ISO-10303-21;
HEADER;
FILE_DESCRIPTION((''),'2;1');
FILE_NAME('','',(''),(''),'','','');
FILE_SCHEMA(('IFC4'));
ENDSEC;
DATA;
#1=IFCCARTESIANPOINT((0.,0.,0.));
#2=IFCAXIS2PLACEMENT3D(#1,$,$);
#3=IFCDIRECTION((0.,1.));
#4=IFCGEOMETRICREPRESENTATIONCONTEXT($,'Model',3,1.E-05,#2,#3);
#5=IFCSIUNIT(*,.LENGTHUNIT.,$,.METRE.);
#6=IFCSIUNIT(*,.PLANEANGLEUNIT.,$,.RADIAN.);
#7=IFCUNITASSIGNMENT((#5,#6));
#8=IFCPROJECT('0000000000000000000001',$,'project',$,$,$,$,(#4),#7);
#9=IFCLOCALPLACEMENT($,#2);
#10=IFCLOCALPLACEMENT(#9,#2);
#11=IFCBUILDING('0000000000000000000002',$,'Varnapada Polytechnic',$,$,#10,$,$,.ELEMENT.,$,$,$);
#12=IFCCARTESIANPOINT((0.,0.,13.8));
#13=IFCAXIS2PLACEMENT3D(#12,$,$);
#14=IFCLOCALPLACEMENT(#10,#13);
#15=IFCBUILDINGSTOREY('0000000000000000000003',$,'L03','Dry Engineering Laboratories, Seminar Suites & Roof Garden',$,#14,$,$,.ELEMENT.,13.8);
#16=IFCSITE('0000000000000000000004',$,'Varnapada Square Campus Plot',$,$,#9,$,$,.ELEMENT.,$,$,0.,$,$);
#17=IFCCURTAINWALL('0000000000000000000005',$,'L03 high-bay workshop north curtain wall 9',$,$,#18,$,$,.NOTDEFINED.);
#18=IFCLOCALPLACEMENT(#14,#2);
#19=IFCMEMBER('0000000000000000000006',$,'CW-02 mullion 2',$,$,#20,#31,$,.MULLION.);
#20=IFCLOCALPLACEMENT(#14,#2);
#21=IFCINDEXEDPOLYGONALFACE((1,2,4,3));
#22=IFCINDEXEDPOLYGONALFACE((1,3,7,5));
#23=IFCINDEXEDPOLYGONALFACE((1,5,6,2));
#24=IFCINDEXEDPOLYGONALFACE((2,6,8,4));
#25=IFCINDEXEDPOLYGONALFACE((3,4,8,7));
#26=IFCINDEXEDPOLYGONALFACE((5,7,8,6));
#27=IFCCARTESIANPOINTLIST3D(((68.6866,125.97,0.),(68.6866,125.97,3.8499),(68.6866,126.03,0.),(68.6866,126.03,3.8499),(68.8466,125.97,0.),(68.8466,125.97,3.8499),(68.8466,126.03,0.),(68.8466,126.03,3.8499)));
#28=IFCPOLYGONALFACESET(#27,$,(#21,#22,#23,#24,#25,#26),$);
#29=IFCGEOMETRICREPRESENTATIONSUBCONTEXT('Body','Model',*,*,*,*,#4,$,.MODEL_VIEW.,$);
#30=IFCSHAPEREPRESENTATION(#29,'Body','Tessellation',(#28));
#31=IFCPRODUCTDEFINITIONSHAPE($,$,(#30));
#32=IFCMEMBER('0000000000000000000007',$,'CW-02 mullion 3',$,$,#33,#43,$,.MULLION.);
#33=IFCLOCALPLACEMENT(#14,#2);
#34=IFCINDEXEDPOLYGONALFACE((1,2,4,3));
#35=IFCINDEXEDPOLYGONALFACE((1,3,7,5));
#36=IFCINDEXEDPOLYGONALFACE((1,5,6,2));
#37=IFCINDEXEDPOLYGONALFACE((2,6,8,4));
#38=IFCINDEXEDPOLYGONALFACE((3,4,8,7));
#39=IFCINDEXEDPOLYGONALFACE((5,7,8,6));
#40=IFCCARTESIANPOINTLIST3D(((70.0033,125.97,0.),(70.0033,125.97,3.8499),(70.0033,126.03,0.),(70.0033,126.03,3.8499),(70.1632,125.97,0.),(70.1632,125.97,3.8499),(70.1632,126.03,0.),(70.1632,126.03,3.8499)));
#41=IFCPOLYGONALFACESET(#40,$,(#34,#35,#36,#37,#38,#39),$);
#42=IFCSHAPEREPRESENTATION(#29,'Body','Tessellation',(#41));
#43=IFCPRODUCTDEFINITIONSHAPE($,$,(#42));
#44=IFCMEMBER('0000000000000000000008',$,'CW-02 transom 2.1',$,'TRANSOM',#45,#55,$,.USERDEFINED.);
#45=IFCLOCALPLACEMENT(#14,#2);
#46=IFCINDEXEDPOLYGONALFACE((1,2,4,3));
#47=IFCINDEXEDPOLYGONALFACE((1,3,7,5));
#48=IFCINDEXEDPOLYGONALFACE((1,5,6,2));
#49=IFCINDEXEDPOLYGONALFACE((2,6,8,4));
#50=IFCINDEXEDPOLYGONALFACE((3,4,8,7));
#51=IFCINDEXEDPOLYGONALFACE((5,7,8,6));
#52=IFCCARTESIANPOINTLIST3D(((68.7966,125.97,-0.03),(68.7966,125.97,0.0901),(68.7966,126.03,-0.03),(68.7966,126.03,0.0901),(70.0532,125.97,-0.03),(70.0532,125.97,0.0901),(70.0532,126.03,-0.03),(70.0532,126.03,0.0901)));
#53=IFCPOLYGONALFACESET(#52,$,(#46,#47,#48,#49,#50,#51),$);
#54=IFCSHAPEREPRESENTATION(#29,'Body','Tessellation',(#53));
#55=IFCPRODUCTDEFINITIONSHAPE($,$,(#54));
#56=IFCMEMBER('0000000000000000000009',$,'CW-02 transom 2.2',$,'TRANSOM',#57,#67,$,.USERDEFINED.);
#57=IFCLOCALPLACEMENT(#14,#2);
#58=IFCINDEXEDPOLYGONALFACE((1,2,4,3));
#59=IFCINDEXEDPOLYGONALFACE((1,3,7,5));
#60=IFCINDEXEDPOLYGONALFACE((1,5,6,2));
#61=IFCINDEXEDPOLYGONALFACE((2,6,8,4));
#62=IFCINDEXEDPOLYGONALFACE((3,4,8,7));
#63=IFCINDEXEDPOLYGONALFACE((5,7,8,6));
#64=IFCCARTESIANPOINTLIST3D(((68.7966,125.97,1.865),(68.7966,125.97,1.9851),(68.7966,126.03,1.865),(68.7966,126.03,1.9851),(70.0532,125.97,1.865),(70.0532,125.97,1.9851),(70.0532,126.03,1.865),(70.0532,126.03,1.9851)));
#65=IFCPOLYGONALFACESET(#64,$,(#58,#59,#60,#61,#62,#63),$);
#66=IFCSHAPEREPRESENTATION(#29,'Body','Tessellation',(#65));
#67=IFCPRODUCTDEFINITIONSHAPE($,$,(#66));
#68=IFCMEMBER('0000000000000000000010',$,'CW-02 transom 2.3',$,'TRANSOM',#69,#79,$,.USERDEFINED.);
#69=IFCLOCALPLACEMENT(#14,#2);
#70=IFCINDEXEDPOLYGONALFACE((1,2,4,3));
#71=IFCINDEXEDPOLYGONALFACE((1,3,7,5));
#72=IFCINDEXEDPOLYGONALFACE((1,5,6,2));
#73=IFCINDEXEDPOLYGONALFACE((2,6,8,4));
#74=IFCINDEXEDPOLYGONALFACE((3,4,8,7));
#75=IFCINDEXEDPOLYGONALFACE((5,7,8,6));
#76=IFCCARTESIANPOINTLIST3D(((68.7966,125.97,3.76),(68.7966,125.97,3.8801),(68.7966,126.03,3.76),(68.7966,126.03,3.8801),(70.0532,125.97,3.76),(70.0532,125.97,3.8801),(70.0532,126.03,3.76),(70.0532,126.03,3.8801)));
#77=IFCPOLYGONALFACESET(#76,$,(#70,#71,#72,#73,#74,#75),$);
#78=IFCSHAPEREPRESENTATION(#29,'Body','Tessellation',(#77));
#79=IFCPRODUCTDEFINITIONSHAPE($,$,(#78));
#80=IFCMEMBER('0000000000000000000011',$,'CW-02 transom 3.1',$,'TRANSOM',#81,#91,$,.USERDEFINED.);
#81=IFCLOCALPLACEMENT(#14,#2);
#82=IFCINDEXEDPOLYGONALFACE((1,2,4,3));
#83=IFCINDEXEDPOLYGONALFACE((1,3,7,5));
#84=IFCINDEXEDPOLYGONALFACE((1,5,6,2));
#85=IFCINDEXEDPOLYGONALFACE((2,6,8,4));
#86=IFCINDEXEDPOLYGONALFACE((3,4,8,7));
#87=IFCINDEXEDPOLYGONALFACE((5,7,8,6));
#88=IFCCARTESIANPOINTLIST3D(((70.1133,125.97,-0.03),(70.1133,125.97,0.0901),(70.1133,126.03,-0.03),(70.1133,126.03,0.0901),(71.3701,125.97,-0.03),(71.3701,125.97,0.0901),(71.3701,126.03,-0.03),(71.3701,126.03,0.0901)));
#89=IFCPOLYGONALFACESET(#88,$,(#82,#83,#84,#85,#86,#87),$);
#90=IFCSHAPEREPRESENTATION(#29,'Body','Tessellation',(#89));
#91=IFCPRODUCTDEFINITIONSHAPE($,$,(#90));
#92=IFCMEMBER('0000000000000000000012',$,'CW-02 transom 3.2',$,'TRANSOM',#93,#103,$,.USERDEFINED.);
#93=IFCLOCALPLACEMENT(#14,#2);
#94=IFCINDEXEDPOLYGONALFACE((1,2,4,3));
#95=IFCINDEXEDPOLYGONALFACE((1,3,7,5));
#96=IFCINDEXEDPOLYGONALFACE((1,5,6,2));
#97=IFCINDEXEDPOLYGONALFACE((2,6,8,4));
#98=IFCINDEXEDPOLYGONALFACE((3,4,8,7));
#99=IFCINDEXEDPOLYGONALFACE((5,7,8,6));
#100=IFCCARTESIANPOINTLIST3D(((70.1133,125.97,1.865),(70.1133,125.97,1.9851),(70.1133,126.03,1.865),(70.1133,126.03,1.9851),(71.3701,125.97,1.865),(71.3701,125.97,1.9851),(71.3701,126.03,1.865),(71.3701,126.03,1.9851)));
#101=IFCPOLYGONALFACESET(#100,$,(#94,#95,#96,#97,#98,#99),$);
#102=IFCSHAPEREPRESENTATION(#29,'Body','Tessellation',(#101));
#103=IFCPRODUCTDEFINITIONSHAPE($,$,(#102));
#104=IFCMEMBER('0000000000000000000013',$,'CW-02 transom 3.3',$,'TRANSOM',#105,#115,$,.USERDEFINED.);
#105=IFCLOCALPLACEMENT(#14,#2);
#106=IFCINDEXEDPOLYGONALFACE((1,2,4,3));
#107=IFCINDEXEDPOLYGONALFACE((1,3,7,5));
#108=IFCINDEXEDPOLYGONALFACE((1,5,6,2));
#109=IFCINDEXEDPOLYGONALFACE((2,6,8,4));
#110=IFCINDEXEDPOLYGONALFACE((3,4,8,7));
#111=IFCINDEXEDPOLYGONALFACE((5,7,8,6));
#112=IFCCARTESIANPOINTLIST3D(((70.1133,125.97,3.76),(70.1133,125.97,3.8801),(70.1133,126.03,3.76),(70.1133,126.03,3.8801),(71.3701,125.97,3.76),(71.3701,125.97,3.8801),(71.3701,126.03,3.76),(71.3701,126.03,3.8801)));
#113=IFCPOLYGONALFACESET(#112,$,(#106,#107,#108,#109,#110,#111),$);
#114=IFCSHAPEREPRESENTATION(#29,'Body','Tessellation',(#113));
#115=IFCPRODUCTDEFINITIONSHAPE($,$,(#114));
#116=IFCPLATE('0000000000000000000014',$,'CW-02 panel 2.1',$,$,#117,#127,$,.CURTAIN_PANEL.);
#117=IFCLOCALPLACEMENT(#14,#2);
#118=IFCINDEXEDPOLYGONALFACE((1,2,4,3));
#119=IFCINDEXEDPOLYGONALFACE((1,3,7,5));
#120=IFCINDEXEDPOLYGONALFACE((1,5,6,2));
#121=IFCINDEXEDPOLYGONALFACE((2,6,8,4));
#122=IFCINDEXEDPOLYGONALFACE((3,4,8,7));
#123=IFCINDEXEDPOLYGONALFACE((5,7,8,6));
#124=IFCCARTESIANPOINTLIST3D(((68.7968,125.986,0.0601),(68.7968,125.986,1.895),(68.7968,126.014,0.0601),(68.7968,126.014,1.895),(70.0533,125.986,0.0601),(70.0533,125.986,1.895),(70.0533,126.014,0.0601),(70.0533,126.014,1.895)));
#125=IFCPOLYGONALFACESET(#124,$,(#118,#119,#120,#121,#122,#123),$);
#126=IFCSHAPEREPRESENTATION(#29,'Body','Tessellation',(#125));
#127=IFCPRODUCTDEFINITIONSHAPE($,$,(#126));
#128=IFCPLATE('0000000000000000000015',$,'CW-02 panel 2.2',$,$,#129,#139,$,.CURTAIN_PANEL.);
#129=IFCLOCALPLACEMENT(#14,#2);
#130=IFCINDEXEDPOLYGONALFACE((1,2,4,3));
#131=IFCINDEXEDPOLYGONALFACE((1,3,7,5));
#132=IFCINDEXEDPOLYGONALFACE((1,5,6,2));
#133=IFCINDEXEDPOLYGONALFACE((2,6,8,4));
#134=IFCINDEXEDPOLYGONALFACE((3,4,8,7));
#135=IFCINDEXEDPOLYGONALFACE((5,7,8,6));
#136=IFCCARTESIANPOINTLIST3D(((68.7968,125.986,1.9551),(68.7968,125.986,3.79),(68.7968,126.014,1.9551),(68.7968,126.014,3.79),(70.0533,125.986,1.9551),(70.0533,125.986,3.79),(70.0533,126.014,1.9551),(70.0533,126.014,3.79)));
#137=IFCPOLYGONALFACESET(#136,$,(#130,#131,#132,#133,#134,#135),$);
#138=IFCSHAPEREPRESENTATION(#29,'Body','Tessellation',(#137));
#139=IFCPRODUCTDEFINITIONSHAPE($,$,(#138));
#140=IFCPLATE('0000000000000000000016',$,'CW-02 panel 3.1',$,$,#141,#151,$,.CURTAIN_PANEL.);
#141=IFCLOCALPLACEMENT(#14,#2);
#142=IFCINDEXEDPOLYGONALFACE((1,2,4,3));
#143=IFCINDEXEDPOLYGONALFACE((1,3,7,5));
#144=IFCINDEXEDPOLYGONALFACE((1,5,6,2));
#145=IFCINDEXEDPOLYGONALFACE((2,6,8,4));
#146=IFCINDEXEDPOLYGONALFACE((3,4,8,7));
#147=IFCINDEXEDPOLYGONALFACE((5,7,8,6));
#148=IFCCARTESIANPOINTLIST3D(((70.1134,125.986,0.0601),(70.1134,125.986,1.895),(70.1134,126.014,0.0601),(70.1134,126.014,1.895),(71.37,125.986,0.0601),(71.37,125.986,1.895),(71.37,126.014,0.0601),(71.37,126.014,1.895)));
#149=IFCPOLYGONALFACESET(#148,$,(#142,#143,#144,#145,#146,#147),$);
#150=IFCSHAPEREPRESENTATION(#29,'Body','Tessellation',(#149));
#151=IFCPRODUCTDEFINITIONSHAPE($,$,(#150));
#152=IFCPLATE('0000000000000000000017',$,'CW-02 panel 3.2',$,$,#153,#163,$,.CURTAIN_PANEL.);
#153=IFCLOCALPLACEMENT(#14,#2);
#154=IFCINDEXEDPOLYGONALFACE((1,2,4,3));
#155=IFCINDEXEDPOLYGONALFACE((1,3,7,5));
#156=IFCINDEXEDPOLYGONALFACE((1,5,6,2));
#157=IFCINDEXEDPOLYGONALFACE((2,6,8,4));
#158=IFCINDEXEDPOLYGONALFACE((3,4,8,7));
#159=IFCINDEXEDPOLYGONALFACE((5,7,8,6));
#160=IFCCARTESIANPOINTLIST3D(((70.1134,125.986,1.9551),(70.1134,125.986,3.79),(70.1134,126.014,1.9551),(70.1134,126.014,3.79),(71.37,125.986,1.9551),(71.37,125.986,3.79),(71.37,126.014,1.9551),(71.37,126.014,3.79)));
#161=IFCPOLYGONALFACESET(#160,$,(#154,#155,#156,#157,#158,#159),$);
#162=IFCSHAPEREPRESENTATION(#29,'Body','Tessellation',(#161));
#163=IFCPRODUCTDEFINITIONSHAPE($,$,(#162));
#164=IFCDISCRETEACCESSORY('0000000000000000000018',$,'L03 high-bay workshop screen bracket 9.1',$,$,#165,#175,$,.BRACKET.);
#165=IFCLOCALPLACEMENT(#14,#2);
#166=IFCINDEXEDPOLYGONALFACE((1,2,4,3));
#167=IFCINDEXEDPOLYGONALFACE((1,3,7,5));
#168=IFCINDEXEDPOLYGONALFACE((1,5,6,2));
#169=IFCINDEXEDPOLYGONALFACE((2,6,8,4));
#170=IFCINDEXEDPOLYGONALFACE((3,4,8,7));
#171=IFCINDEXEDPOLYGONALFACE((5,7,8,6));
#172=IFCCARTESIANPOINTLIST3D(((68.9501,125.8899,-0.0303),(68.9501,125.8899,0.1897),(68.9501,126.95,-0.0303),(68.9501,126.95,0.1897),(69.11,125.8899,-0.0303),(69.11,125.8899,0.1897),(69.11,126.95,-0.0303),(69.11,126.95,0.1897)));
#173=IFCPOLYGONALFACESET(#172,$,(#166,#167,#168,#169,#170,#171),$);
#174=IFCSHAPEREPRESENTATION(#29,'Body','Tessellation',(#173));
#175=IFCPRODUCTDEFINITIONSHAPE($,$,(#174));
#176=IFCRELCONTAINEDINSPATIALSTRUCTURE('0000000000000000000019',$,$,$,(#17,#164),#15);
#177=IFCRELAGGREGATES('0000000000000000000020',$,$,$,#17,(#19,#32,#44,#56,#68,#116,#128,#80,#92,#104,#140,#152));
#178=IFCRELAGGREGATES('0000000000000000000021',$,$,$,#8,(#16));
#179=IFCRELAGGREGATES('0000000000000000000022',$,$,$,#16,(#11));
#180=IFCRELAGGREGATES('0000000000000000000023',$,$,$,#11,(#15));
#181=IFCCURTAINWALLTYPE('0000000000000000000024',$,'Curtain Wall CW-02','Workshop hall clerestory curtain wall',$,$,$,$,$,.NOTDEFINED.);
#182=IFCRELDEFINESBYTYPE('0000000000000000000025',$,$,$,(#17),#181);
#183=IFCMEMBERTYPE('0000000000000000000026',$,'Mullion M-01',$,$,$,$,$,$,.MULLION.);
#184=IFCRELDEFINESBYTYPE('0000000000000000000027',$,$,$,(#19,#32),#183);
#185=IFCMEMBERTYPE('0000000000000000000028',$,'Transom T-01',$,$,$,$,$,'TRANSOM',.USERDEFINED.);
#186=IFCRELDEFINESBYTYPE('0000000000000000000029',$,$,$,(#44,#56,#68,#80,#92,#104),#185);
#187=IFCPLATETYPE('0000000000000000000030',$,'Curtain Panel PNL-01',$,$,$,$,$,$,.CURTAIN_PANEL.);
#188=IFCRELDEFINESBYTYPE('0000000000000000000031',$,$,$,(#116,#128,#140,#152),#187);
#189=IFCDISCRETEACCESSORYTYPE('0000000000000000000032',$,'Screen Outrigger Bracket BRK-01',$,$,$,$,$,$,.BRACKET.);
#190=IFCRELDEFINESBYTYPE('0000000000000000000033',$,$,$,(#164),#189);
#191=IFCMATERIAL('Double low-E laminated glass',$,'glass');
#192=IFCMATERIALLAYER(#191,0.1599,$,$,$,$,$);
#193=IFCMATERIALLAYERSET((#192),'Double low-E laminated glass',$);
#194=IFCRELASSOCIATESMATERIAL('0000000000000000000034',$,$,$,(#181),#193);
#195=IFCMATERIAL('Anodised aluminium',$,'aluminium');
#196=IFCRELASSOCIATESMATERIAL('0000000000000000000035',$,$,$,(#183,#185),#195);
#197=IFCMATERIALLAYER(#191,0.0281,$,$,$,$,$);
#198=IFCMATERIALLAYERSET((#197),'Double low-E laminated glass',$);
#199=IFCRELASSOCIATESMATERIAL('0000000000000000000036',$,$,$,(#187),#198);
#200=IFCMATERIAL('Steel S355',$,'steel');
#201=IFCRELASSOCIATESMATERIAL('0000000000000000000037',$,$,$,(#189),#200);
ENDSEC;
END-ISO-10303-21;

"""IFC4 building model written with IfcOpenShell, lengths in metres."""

from ifc_helpers import new_model, si_unit, direction, frame, origin, origin_2d, place, context, subcontext, project, spatial, rectangle, extrude, material, layer, layer_set, material_profile, profile_set, type_object, element, aggregate, save


model = new_model("IFC4")

# Units and contexts
model_context = context("Model", 3, precision=1e-05, world=origin(), true_north=direction((0.0, 1.0)))
body_context = subcontext(model_context, "Body", "Model", "MODEL_VIEW")
ifc_project = project(units=[si_unit("LENGTHUNIT", "METRE"), si_unit("PLANEANGLEUNIT", "RADIAN")], contexts=[model_context])

# Site, building, storey
site_placement = place(None, origin())
site = spatial("IfcSite", under=ifc_project, at=site_placement, Name="Varnapada Square Campus Plot", CompositionType="ELEMENT", RefElevation=0.0)
building_placement = place(site_placement, origin())
building = spatial("IfcBuilding", under=site, at=building_placement, Name="Varnapada Polytechnic", CompositionType="ELEMENT")
storey_placement = place(building_placement, frame((0.0, 0.0, 13.8)))
storey = spatial("IfcBuildingStorey", under=building, at=storey_placement, Name="L03", Description="Dry Engineering Laboratories, Seminar Suites & Roof Garden", CompositionType="ELEMENT", Elevation=13.8)

# Curtain wall, members, plates
ifc_material_1 = material(Name="Double low-E laminated glass", Category="glass")
ifc_layer_1 = layer(ifc_material_1, 0.1599)
ifc_layer_set_1 = layer_set([ifc_layer_1], Name="Double low-E laminated glass")
curtain_wall_type = type_object("IfcCurtainWallType", Name="Curtain Wall CW-02", Description="Workshop hall clerestory curtain wall", PredefinedType="NOTDEFINED", material=ifc_layer_set_1)
curtain_wall_placement = place(storey_placement, origin())
curtain_wall = element("IfcCurtainWall", 1, at=curtain_wall_placement, inside=storey, type_object=curtain_wall_type, Name="L03 high-bay workshop north curtain wall 9", PredefinedType="NOTDEFINED")
ifc_material_2 = material(Name="Anodised aluminium", Category="aluminium")
ifc_material_profile_1 = material_profile(ifc_material_2, rectangle(XDim=0.0601, YDim=0.1599, at=origin_2d()), Name="ALU M60x160")
ifc_profile_set_1 = profile_set([ifc_material_profile_1], Name="Anodised aluminium")
member_type_1 = type_object("IfcMemberType", Name="Mullion M-01", PredefinedType="MULLION", material=ifc_profile_set_1)
member_1_placement = place(storey_placement, frame((68.7666, 126.0, 0.0), z_axis=(0.0, 0.0, 1.0), x_axis=(0.0, 1.0, 0.0)))
member_1 = element("IfcMember", 2, at=member_1_placement, type_object=member_type_1, Name="CW-02 mullion 2", PredefinedType="MULLION", context=body_context, shape_type="SweptSolid", body=[
    extrude(rectangle(XDim=0.0601, YDim=0.1599, at=origin_2d()), origin(), (0.0, 0.0, 1.0), 3.8499),
])
member_2_placement = place(storey_placement, frame((70.0833, 126.0, 0.0), z_axis=(0.0, 0.0, 1.0), x_axis=(0.0, 1.0, 0.0)))
member_2 = element("IfcMember", 3, at=member_2_placement, type_object=member_type_1, Name="CW-02 mullion 3", PredefinedType="MULLION", context=body_context, shape_type="SweptSolid", body=[
    extrude(rectangle(XDim=0.0601, YDim=0.1599, at=origin_2d()), origin(), (0.0, 0.0, 1.0), 3.8499),
])
ifc_material_profile_2 = material_profile(ifc_material_2, rectangle(XDim=0.0601, YDim=0.1201, at=origin_2d()), Name="ALU T60x120")
ifc_profile_set_2 = profile_set([ifc_material_profile_2], Name="Anodised aluminium")
member_type_2 = type_object("IfcMemberType", Name="Transom T-01", ElementType="TRANSOM", PredefinedType="USERDEFINED", material=ifc_profile_set_2)
member_3_placement = place(storey_placement, frame((68.7966, 126.0, 0.03), z_axis=(1.0, 0.0, 0.0), x_axis=(0.0, 1.0, 0.0)))
member_3 = element("IfcMember", 4, at=member_3_placement, type_object=member_type_2, Name="CW-02 transom 2.1", ObjectType="TRANSOM", PredefinedType="USERDEFINED", context=body_context, shape_type="SweptSolid", body=[
    extrude(rectangle(XDim=0.0601, YDim=0.1201, at=origin_2d()), origin(), (0.0, 0.0, 1.0), 1.2566),
])
member_4_placement = place(storey_placement, frame((68.7966, 126.0, 1.925), z_axis=(1.0, 0.0, 0.0), x_axis=(0.0, 1.0, 0.0)))
member_4 = element("IfcMember", 5, at=member_4_placement, type_object=member_type_2, Name="CW-02 transom 2.2", ObjectType="TRANSOM", PredefinedType="USERDEFINED", context=body_context, shape_type="SweptSolid", body=[
    extrude(rectangle(XDim=0.0601, YDim=0.1201, at=origin_2d()), origin(), (0.0, 0.0, 1.0), 1.2566),
])
member_5_placement = place(storey_placement, frame((68.7966, 126.0, 3.8201), z_axis=(1.0, 0.0, 0.0), x_axis=(0.0, 1.0, 0.0)))
member_5 = element("IfcMember", 6, at=member_5_placement, type_object=member_type_2, Name="CW-02 transom 2.3", ObjectType="TRANSOM", PredefinedType="USERDEFINED", context=body_context, shape_type="SweptSolid", body=[
    extrude(rectangle(XDim=0.0601, YDim=0.1201, at=origin_2d()), origin(), (0.0, 0.0, 1.0), 1.2566),
])
member_6_placement = place(storey_placement, frame((70.1133, 126.0, 0.03), z_axis=(1.0, 0.0, 0.0), x_axis=(0.0, 1.0, 0.0)))
member_6 = element("IfcMember", 7, at=member_6_placement, type_object=member_type_2, Name="CW-02 transom 3.1", ObjectType="TRANSOM", PredefinedType="USERDEFINED", context=body_context, shape_type="SweptSolid", body=[
    extrude(rectangle(XDim=0.0601, YDim=0.1201, at=origin_2d()), origin(), (0.0, 0.0, 1.0), 1.2568),
])
member_7_placement = place(storey_placement, frame((70.1133, 126.0, 1.925), z_axis=(1.0, 0.0, 0.0), x_axis=(0.0, 1.0, 0.0)))
member_7 = element("IfcMember", 8, at=member_7_placement, type_object=member_type_2, Name="CW-02 transom 3.2", ObjectType="TRANSOM", PredefinedType="USERDEFINED", context=body_context, shape_type="SweptSolid", body=[
    extrude(rectangle(XDim=0.0601, YDim=0.1201, at=origin_2d()), origin(), (0.0, 0.0, 1.0), 1.2568),
])
member_8_placement = place(storey_placement, frame((70.1133, 126.0, 3.8201), z_axis=(1.0, 0.0, 0.0), x_axis=(0.0, 1.0, 0.0)))
member_8 = element("IfcMember", 9, at=member_8_placement, type_object=member_type_2, Name="CW-02 transom 3.3", ObjectType="TRANSOM", PredefinedType="USERDEFINED", context=body_context, shape_type="SweptSolid", body=[
    extrude(rectangle(XDim=0.0601, YDim=0.1201, at=origin_2d()), origin(), (0.0, 0.0, 1.0), 1.2568),
])
ifc_layer_2 = layer(ifc_material_1, 0.0281)
ifc_layer_set_2 = layer_set([ifc_layer_2], Name="Double low-E laminated glass")
plate_type = type_object("IfcPlateType", Name="Curtain Panel PNL-01", PredefinedType="CURTAIN_PANEL", material=ifc_layer_set_2)
plate_1_placement = place(storey_placement, frame((69.425, 126.0, 0.0601), z_axis=(0.0, 0.0, 1.0), x_axis=(1.0, 0.0, 0.0)))
plate_1 = element("IfcPlate", 10, at=plate_1_placement, type_object=plate_type, Name="CW-02 panel 2.1", PredefinedType="CURTAIN_PANEL", context=body_context, shape_type="SweptSolid", body=[
    extrude(rectangle(XDim=1.2566, YDim=0.0281, at=origin_2d()), origin(), (0.0, 0.0, 1.0), 1.835),
])
plate_2_placement = place(storey_placement, frame((69.425, 126.0, 1.9551), z_axis=(0.0, 0.0, 1.0), x_axis=(1.0, 0.0, 0.0)))
plate_2 = element("IfcPlate", 11, at=plate_2_placement, type_object=plate_type, Name="CW-02 panel 2.2", PredefinedType="CURTAIN_PANEL", context=body_context, shape_type="SweptSolid", body=[
    extrude(rectangle(XDim=1.2566, YDim=0.0281, at=origin_2d()), origin(), (0.0, 0.0, 1.0), 1.835),
])
plate_3_placement = place(storey_placement, frame((70.7417, 126.0, 0.0601), z_axis=(0.0, 0.0, 1.0), x_axis=(1.0, 0.0, 0.0)))
plate_3 = element("IfcPlate", 12, at=plate_3_placement, type_object=plate_type, Name="CW-02 panel 3.1", PredefinedType="CURTAIN_PANEL", context=body_context, shape_type="SweptSolid", body=[
    extrude(rectangle(XDim=1.2566, YDim=0.0281, at=origin_2d()), origin(), (0.0, 0.0, 1.0), 1.835),
])
plate_4_placement = place(storey_placement, frame((70.7417, 126.0, 1.9551), z_axis=(0.0, 0.0, 1.0), x_axis=(1.0, 0.0, 0.0)))
plate_4 = element("IfcPlate", 13, at=plate_4_placement, type_object=plate_type, Name="CW-02 panel 3.2", PredefinedType="CURTAIN_PANEL", context=body_context, shape_type="SweptSolid", body=[
    extrude(rectangle(XDim=1.2566, YDim=0.0281, at=origin_2d()), origin(), (0.0, 0.0, 1.0), 1.835),
])
aggregate(curtain_wall, [member_1, member_2, member_3, member_4, member_5, plate_1, plate_2, member_6, member_7, member_8, plate_3, plate_4])

# Discrete accessory
ifc_material_3 = material(Name="Steel S355", Category="steel")
discrete_accessory_type = type_object("IfcDiscreteAccessoryType", Name="Screen Outrigger Bracket BRK-01", PredefinedType="BRACKET", material=ifc_material_3)
discrete_accessory_placement = place(storey_placement, frame((69.03, 126.4199, -0.0303), z_axis=(0.0, 0.0, 1.0), x_axis=(1.0, 0.0, 0.0)))
element("IfcDiscreteAccessory", 14, at=discrete_accessory_placement, inside=storey, type_object=discrete_accessory_type, Name="L03 high-bay workshop screen bracket 9.1", PredefinedType="BRACKET", context=body_context, shape_type="SweptSolid", body=[
    extrude(rectangle(XDim=0.1599, YDim=1.0601, at=origin_2d()), origin(), (0.0, 0.0, 1.0), 0.22),
])

save(model, "model.ifc")
